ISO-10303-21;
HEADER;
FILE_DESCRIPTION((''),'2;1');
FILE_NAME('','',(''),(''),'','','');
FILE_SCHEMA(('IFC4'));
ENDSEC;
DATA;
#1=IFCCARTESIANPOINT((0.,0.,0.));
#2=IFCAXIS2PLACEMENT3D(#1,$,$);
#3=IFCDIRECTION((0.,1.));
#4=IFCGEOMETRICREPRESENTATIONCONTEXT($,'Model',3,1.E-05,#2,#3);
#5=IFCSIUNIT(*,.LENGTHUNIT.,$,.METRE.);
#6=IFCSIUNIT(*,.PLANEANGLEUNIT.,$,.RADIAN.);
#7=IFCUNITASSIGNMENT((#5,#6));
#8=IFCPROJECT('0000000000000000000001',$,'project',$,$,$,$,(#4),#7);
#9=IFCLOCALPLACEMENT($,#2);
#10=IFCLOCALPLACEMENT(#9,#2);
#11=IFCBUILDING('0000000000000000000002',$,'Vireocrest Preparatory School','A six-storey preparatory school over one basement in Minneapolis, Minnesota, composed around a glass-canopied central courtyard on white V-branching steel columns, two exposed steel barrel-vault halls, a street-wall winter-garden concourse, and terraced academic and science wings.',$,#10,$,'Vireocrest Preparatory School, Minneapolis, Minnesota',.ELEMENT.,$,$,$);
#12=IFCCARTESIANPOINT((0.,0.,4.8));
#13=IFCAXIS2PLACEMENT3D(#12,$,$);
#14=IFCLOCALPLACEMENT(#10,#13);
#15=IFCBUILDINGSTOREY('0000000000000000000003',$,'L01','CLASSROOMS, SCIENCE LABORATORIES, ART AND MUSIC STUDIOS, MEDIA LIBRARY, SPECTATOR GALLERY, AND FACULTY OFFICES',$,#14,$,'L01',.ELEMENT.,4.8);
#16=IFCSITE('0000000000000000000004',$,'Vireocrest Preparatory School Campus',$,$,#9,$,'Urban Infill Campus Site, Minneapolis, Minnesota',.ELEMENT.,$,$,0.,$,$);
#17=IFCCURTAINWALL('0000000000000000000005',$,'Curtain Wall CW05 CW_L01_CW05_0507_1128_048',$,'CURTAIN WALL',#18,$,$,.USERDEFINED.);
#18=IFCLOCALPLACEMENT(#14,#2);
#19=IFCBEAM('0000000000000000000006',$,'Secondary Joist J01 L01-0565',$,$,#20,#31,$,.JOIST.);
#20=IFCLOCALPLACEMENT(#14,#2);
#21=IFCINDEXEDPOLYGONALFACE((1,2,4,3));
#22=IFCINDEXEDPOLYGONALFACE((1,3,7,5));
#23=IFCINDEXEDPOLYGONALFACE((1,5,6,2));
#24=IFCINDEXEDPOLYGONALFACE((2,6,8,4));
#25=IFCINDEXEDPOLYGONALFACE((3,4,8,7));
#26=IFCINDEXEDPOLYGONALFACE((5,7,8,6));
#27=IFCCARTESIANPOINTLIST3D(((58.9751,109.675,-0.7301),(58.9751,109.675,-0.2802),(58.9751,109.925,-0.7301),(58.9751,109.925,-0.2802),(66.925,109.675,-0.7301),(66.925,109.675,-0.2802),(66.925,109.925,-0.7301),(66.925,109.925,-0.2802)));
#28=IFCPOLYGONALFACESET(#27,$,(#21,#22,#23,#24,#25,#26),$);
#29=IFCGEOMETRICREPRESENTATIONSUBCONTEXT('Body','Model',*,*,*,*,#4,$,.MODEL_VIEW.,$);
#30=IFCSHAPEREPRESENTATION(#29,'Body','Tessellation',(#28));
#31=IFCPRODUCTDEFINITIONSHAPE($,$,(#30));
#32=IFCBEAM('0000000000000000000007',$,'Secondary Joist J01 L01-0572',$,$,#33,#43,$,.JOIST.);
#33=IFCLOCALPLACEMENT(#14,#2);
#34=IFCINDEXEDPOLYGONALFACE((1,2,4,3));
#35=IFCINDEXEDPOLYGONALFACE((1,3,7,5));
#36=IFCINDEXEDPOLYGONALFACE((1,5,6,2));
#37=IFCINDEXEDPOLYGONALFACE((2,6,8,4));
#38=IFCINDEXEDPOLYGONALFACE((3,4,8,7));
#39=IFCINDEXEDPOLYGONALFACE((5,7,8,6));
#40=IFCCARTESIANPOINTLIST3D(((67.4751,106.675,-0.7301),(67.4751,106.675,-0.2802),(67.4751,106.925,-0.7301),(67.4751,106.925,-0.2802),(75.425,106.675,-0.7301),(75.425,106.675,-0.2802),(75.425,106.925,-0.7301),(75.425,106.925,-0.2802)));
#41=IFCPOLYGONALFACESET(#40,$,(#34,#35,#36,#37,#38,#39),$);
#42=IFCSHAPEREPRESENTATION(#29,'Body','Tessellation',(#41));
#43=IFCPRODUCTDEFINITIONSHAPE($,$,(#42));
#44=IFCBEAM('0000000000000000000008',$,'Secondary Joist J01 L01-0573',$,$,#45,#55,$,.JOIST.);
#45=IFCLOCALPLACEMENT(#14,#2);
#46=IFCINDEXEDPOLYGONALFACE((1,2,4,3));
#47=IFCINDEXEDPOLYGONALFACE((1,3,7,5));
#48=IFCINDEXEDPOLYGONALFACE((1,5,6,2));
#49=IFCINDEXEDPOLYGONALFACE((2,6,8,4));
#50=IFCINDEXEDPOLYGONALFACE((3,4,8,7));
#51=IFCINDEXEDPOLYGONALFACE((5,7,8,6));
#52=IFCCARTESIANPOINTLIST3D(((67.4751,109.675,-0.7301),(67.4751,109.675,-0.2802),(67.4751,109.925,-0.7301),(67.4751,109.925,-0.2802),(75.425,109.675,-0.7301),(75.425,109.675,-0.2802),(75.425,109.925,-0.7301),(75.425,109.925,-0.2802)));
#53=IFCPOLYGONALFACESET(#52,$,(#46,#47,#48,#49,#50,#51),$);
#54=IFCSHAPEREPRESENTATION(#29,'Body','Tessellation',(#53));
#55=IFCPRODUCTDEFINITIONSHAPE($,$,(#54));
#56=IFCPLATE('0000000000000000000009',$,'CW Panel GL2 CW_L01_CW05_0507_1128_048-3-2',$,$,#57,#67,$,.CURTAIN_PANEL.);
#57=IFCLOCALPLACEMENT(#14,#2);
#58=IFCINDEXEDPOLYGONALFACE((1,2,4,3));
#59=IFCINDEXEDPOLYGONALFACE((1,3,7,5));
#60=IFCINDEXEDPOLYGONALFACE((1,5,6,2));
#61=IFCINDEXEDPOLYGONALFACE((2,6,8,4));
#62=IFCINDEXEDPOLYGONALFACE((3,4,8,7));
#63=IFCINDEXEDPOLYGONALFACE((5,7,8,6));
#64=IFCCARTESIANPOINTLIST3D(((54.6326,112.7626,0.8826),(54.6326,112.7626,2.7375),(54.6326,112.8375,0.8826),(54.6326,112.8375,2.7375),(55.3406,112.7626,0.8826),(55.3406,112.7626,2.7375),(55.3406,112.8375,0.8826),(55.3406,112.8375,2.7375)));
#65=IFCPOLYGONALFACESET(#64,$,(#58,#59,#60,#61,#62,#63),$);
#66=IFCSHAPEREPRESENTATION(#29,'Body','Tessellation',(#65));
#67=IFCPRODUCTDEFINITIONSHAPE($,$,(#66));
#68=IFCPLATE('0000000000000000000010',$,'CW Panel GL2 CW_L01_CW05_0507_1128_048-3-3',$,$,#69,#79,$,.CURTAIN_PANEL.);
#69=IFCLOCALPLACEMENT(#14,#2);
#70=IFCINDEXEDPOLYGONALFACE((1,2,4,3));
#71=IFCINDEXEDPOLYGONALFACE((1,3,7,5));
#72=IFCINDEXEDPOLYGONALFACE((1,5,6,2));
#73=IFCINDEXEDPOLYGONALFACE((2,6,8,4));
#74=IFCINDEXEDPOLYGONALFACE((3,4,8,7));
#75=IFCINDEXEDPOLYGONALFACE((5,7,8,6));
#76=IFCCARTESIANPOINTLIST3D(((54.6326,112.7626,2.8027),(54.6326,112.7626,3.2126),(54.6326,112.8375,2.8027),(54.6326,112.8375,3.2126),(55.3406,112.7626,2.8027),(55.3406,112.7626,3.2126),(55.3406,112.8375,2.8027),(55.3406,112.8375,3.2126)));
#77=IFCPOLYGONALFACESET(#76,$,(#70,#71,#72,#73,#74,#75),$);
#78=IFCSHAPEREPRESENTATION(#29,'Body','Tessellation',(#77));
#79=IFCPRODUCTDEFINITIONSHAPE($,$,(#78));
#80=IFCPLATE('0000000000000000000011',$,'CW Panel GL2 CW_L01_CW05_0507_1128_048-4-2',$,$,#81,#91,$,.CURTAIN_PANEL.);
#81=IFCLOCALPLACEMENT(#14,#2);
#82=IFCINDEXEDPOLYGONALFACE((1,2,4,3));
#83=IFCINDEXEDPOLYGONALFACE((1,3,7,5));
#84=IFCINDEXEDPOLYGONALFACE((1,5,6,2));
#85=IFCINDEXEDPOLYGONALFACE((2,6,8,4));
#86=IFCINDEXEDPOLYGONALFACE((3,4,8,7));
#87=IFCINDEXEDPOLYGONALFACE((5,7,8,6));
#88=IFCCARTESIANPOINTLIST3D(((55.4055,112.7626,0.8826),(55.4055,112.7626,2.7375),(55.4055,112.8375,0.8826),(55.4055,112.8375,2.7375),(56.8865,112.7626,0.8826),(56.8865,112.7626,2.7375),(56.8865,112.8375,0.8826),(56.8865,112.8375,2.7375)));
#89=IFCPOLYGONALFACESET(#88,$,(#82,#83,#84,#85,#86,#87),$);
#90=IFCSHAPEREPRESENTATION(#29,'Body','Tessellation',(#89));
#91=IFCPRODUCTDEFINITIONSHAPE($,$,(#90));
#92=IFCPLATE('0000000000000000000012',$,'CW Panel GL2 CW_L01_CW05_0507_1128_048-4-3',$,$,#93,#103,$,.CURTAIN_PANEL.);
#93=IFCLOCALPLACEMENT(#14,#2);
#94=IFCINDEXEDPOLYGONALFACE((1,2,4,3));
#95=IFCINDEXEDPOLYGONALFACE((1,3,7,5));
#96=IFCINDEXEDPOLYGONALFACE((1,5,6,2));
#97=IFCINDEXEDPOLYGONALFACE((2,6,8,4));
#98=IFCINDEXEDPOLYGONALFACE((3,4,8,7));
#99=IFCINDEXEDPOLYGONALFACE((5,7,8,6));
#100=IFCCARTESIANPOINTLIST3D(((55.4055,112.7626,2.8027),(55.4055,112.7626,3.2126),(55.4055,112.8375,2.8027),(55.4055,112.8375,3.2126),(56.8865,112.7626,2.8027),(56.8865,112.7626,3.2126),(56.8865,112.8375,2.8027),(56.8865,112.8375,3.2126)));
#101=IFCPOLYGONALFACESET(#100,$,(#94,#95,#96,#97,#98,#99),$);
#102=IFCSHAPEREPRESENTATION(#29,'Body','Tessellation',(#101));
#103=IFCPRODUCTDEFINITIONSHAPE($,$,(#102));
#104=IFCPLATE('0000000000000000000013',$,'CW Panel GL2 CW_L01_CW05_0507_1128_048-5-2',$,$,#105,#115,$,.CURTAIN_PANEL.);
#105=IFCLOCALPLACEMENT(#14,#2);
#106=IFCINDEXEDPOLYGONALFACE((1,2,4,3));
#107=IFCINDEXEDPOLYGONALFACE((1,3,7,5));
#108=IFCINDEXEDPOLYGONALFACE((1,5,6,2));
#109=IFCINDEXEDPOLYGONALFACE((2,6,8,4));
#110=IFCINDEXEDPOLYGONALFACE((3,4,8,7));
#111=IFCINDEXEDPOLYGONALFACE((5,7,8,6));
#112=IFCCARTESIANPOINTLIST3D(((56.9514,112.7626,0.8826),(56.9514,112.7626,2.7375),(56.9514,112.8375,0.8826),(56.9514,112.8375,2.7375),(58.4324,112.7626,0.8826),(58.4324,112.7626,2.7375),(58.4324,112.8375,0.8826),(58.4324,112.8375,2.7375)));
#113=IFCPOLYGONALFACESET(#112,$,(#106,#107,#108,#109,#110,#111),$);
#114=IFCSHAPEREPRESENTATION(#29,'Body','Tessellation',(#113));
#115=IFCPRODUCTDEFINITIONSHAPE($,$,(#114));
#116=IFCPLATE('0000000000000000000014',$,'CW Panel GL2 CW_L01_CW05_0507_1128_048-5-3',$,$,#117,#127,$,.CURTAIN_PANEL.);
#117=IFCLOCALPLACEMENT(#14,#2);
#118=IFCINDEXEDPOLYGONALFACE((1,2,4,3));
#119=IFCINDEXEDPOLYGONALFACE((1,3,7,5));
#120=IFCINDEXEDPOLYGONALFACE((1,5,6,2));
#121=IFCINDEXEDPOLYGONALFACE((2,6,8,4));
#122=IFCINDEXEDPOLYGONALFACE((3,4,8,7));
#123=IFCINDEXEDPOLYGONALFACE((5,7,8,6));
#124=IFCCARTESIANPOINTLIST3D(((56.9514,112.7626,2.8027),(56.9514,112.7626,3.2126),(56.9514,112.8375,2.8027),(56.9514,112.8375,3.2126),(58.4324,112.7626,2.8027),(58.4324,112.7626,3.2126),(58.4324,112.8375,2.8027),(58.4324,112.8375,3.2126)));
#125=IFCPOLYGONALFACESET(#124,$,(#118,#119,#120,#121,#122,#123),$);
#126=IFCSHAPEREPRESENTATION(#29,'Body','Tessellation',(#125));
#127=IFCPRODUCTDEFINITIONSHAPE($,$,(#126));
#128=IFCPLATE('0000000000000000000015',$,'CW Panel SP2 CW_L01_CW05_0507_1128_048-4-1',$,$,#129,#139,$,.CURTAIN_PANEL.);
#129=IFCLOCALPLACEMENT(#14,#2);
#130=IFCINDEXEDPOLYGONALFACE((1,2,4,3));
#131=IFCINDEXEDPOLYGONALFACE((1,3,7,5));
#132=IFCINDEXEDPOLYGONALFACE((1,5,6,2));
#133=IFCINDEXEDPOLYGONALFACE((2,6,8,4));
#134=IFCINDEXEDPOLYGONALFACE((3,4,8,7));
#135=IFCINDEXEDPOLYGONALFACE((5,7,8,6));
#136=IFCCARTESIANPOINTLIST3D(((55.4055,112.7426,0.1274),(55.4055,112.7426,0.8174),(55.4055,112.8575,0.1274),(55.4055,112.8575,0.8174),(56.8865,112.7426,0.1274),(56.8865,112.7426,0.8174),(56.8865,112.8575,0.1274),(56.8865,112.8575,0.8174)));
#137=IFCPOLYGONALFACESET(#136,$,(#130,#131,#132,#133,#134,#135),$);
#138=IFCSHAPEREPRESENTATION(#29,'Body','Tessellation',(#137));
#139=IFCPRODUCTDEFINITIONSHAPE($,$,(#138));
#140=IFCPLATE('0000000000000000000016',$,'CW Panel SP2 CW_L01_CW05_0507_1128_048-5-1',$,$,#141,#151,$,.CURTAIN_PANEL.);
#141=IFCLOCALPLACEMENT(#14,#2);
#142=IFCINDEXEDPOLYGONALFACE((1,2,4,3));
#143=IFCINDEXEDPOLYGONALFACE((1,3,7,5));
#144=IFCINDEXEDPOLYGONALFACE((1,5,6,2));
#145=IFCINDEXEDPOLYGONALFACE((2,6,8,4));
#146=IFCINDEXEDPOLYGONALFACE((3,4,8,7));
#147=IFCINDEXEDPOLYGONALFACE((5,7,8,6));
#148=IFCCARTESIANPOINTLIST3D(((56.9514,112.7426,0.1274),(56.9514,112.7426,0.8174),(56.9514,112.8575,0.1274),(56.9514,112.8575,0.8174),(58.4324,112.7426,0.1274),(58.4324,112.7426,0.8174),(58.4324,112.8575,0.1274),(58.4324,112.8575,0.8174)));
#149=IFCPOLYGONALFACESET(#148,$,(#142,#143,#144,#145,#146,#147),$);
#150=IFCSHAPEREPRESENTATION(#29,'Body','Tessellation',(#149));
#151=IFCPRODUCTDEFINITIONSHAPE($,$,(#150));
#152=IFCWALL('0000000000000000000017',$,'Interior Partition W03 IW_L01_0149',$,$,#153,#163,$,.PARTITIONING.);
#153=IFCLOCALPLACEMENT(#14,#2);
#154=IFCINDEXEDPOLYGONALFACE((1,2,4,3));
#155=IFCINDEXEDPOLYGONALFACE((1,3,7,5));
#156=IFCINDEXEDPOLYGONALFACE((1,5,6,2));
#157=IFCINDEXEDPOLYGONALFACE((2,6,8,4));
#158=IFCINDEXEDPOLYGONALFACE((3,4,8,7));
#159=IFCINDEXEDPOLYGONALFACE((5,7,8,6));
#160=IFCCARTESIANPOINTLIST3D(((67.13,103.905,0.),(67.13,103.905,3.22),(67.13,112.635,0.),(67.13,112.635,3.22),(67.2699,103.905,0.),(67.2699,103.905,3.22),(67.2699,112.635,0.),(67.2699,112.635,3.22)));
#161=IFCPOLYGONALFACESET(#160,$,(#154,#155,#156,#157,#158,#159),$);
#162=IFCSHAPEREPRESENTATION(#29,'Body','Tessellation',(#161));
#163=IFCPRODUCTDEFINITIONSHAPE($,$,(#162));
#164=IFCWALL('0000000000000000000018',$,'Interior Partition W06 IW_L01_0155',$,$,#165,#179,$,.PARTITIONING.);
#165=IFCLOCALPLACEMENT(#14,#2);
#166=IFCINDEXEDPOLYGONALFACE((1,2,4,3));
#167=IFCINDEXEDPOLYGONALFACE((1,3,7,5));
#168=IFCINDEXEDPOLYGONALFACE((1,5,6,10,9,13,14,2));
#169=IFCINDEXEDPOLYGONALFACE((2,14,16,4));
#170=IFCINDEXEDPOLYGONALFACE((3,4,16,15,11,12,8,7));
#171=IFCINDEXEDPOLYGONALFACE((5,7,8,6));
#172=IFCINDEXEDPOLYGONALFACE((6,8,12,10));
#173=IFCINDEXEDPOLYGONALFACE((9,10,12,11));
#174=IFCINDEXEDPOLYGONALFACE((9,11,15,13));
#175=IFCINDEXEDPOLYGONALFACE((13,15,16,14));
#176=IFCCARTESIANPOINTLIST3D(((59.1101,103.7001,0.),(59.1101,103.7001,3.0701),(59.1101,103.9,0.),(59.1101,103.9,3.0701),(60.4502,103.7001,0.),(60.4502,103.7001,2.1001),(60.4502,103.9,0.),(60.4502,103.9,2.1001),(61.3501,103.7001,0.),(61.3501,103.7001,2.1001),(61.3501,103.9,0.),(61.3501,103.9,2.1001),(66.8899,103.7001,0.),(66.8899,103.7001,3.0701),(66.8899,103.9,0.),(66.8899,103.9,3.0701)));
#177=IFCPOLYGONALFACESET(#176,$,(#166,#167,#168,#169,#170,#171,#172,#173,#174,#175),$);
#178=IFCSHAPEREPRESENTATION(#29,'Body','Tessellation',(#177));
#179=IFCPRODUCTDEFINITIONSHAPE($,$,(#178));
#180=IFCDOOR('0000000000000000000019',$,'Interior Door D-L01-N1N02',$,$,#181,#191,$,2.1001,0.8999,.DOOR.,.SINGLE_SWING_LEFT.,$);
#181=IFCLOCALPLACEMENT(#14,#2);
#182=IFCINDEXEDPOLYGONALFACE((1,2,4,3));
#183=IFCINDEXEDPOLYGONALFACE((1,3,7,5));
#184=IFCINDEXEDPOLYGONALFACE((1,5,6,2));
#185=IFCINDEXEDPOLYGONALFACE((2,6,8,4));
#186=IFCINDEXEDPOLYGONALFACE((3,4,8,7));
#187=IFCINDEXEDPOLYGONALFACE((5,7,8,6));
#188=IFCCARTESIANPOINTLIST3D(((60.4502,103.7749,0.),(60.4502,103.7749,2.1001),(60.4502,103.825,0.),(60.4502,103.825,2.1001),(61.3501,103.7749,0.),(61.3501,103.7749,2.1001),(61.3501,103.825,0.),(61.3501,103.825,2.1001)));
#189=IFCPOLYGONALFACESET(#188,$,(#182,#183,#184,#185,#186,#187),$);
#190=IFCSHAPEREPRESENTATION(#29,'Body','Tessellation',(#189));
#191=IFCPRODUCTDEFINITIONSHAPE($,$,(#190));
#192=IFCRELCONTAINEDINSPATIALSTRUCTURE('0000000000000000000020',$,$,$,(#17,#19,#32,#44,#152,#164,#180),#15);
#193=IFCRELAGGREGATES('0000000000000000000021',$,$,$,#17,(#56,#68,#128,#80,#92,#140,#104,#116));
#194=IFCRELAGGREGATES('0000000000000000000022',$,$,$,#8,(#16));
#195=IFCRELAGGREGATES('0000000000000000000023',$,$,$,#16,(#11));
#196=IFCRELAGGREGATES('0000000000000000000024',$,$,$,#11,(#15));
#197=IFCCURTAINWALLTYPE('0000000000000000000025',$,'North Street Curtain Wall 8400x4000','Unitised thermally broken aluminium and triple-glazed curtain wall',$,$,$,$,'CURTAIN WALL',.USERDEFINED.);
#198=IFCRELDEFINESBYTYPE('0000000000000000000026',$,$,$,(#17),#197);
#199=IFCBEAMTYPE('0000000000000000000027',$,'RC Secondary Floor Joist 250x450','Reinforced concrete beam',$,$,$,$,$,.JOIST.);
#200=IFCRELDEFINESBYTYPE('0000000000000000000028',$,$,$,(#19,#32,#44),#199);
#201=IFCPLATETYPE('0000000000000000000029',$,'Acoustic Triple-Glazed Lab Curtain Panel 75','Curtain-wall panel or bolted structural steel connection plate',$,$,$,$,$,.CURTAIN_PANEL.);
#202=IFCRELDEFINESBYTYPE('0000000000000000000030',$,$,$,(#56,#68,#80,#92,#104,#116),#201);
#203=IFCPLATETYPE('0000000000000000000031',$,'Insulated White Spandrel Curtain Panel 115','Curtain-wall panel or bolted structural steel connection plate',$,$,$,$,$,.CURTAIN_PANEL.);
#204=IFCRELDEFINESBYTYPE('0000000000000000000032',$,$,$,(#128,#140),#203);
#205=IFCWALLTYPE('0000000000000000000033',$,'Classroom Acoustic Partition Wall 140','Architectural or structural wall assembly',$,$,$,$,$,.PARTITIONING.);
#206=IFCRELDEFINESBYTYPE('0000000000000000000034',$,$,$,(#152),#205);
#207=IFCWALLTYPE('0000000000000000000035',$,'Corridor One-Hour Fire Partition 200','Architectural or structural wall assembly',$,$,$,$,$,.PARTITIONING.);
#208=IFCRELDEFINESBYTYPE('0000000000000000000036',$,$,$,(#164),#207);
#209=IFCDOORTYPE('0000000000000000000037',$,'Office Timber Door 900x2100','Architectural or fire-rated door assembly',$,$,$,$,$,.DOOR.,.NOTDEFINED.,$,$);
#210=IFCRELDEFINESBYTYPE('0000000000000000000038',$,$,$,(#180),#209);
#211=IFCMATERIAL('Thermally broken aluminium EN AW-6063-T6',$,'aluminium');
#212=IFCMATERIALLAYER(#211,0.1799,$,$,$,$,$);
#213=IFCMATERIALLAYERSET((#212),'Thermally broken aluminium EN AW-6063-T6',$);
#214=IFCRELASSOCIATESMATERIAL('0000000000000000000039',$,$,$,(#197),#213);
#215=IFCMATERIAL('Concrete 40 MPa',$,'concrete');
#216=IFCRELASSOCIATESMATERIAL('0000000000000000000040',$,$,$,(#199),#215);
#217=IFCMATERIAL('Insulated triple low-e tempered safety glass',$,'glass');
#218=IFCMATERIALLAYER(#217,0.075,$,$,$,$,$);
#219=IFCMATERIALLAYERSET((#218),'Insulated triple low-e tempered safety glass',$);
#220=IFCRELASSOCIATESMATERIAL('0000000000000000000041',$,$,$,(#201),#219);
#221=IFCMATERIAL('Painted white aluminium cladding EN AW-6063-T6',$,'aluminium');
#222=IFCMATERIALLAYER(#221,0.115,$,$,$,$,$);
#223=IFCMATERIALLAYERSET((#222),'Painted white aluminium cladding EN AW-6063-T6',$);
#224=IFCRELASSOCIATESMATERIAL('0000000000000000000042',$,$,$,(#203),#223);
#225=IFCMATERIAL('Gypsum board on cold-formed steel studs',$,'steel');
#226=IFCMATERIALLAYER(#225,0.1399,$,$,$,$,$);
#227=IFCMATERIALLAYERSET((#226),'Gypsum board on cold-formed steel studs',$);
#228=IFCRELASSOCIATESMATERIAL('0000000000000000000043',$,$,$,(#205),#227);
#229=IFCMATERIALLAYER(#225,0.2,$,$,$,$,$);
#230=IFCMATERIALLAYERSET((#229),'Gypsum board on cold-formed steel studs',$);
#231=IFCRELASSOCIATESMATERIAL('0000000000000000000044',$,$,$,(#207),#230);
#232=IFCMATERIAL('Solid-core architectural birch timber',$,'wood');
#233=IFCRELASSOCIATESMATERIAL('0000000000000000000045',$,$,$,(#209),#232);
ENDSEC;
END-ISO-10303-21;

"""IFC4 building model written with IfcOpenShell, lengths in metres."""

from ifc_helpers import new_model, si_unit, direction, frame, frame_2d, origin, origin_2d, place, context, subcontext, project, spatial, rectangle, extrude, material, layer, layer_set, material_profile, profile_set, type_object, element, fill, aggregate, save


model = new_model("IFC4")

# Units and contexts
model_context = context("Model", 3, precision=1e-05, world=origin(), true_north=direction((0.0, 1.0)))
body_context = subcontext(model_context, "Body", "Model", "MODEL_VIEW")
ifc_project = project(units=[si_unit("LENGTHUNIT", "METRE"), si_unit("PLANEANGLEUNIT", "RADIAN")], contexts=[model_context])

# Site, building, storey
site_placement = place(None, origin())
site = spatial("IfcSite", under=ifc_project, at=site_placement, Name="Vireocrest Preparatory School Campus", LongName="Urban Infill Campus Site, Minneapolis, Minnesota", CompositionType="ELEMENT", RefElevation=0.0)
building_placement = place(site_placement, origin())
building = spatial("IfcBuilding", under=site, at=building_placement, Name="Vireocrest Preparatory School", Description="A six-storey preparatory school over one basement in Minneapolis, Minnesota, composed around a glass-canopied central courtyard on white V-branching steel columns, two exposed steel barrel-vault halls, a street-wall winter-garden concourse, and terraced academic and science wings.", LongName="Vireocrest Preparatory School, Minneapolis, Minnesota", CompositionType="ELEMENT")
storey_placement = place(building_placement, frame((0.0, 0.0, 4.8)))
storey = spatial("IfcBuildingStorey", under=building, at=storey_placement, Name="L01", Description="CLASSROOMS, SCIENCE LABORATORIES, ART AND MUSIC STUDIOS, MEDIA LIBRARY, SPECTATOR GALLERY, AND FACULTY OFFICES", LongName="L01", CompositionType="ELEMENT", Elevation=4.8)

# Curtain wall
ifc_material_1 = material(Name="Thermally broken aluminium EN AW-6063-T6", Category="aluminium")
ifc_layer_1 = layer(ifc_material_1, 0.1799)
ifc_layer_set_1 = layer_set([ifc_layer_1], Name="Thermally broken aluminium EN AW-6063-T6")
curtain_wall_type = type_object("IfcCurtainWallType", Name="North Street Curtain Wall 8400x4000", Description="Unitised thermally broken aluminium and triple-glazed curtain wall", ElementType="CURTAIN WALL", PredefinedType="USERDEFINED", material=ifc_layer_set_1)
curtain_wall_1_placement = place(storey_placement, origin())
curtain_wall_1 = element("IfcCurtainWall", 1, at=curtain_wall_1_placement, inside=storey, type_object=curtain_wall_type, Name="Curtain Wall CW05 CW_L01_CW05_0507_1128_048", ObjectType="CURTAIN WALL", PredefinedType="USERDEFINED")

# Beams
ifc_material_2 = material(Name="Concrete 40 MPa", Category="concrete")
ifc_material_profile_1 = material_profile(ifc_material_2, rectangle(XDim=0.25, YDim=0.45, at=origin_2d()), Name="RC 250x450")
ifc_profile_set_1 = profile_set([ifc_material_profile_1], Name="Concrete 40 MPa")
beam_type_1 = type_object("IfcBeamType", Name="RC Secondary Floor Joist 250x450", Description="Reinforced concrete beam", PredefinedType="JOIST", material=ifc_profile_set_1)
for number, where, z_axis, x_axis, name in (
    (2, (58.9751, 109.8, -0.5051), (1.0, 0.0, 0.0), (0.0, 1.0, 0.0), "Secondary Joist J01 L01-0565"),
    (3, (67.4751, 106.8, -0.5051), (1.0, 0.0, 0.0), (0.0, 1.0, 0.0), "Secondary Joist J01 L01-0572"),
    (4, (67.4751, 109.8, -0.5051), (1.0, 0.0, 0.0), (0.0, 1.0, 0.0), "Secondary Joist J01 L01-0573"),
):
    element("IfcBeam", number, at=place(storey_placement, frame(where, z_axis=z_axis, x_axis=x_axis)), inside=storey, type_object=beam_type_1, Name=name, PredefinedType="JOIST", context=body_context, shape_type="SweptSolid", body=[
        extrude(rectangle(XDim=0.25, YDim=0.45, at=origin_2d()), origin(), (0.0, 0.0, 1.0), 7.95),
    ])

# Plates
ifc_material_3 = material(Name="Insulated triple low-e tempered safety glass", Category="glass")
ifc_layer_2 = layer(ifc_material_3, 0.075)
ifc_layer_set_2 = layer_set([ifc_layer_2], Name="Insulated triple low-e tempered safety glass")
plate_type_1 = type_object("IfcPlateType", Name="Acoustic Triple-Glazed Lab Curtain Panel 75", Description="Curtain-wall panel or bolted structural steel connection plate", PredefinedType="CURTAIN_PANEL", material=ifc_layer_set_2)
plate_1_placement = place(storey_placement, frame((54.9866, 112.8, 0.8826), z_axis=(0.0, 0.0, 1.0), x_axis=(1.0, 0.0, 0.0)))
plate_1 = element("IfcPlate", 5, at=plate_1_placement, type_object=plate_type_1, Name="CW Panel GL2 CW_L01_CW05_0507_1128_048-3-2", PredefinedType="CURTAIN_PANEL", context=body_context, shape_type="SweptSolid", body=[
    extrude(rectangle(XDim=0.708, YDim=0.075, at=origin_2d()), origin(), (0.0, 0.0, 1.0), 1.855),
])
plate_2_placement = place(storey_placement, frame((54.9866, 112.8, 2.8027), z_axis=(0.0, 0.0, 1.0), x_axis=(1.0, 0.0, 0.0)))
plate_2 = element("IfcPlate", 6, at=plate_2_placement, type_object=plate_type_1, Name="CW Panel GL2 CW_L01_CW05_0507_1128_048-3-3", PredefinedType="CURTAIN_PANEL", context=body_context, shape_type="SweptSolid", body=[
    extrude(rectangle(XDim=0.708, YDim=0.075, at=origin_2d()), origin(), (0.0, 0.0, 1.0), 0.4099),
])
plate_3_placement = place(storey_placement, frame((56.146, 112.8, 0.8826), z_axis=(0.0, 0.0, 1.0), x_axis=(1.0, 0.0, 0.0)))
plate_3 = element("IfcPlate", 7, at=plate_3_placement, type_object=plate_type_1, Name="CW Panel GL2 CW_L01_CW05_0507_1128_048-4-2", PredefinedType="CURTAIN_PANEL", context=body_context, shape_type="SweptSolid", body=[
    extrude(rectangle(XDim=1.481, YDim=0.075, at=origin_2d()), origin(), (0.0, 0.0, 1.0), 1.855),
])
plate_4_placement = place(storey_placement, frame((56.146, 112.8, 2.8027), z_axis=(0.0, 0.0, 1.0), x_axis=(1.0, 0.0, 0.0)))
plate_4 = element("IfcPlate", 8, at=plate_4_placement, type_object=plate_type_1, Name="CW Panel GL2 CW_L01_CW05_0507_1128_048-4-3", PredefinedType="CURTAIN_PANEL", context=body_context, shape_type="SweptSolid", body=[
    extrude(rectangle(XDim=1.481, YDim=0.075, at=origin_2d()), origin(), (0.0, 0.0, 1.0), 0.4099),
])
plate_5_placement = place(storey_placement, frame((57.6919, 112.8, 0.8826), z_axis=(0.0, 0.0, 1.0), x_axis=(1.0, 0.0, 0.0)))
plate_5 = element("IfcPlate", 9, at=plate_5_placement, type_object=plate_type_1, Name="CW Panel GL2 CW_L01_CW05_0507_1128_048-5-2", PredefinedType="CURTAIN_PANEL", context=body_context, shape_type="SweptSolid", body=[
    extrude(rectangle(XDim=1.481, YDim=0.075, at=origin_2d()), origin(), (0.0, 0.0, 1.0), 1.855),
])
plate_6_placement = place(storey_placement, frame((57.6919, 112.8, 2.8027), z_axis=(0.0, 0.0, 1.0), x_axis=(1.0, 0.0, 0.0)))
plate_6 = element("IfcPlate", 10, at=plate_6_placement, type_object=plate_type_1, Name="CW Panel GL2 CW_L01_CW05_0507_1128_048-5-3", PredefinedType="CURTAIN_PANEL", context=body_context, shape_type="SweptSolid", body=[
    extrude(rectangle(XDim=1.481, YDim=0.075, at=origin_2d()), origin(), (0.0, 0.0, 1.0), 0.4099),
])
ifc_material_4 = material(Name="Painted white aluminium cladding EN AW-6063-T6", Category="aluminium")
ifc_layer_3 = layer(ifc_material_4, 0.115)
ifc_layer_set_3 = layer_set([ifc_layer_3], Name="Painted white aluminium cladding EN AW-6063-T6")
plate_type_2 = type_object("IfcPlateType", Name="Insulated White Spandrel Curtain Panel 115", Description="Curtain-wall panel or bolted structural steel connection plate", PredefinedType="CURTAIN_PANEL", material=ifc_layer_set_3)
plate_7_placement = place(storey_placement, frame((56.146, 112.8, 0.1274), z_axis=(0.0, 0.0, 1.0), x_axis=(1.0, 0.0, 0.0)))
plate_7 = element("IfcPlate", 11, at=plate_7_placement, type_object=plate_type_2, Name="CW Panel SP2 CW_L01_CW05_0507_1128_048-4-1", PredefinedType="CURTAIN_PANEL", context=body_context, shape_type="SweptSolid", body=[
    extrude(rectangle(XDim=1.481, YDim=0.115, at=origin_2d()), origin(), (0.0, 0.0, 1.0), 0.6899),
])
plate_8_placement = place(storey_placement, frame((57.6919, 112.8, 0.1274), z_axis=(0.0, 0.0, 1.0), x_axis=(1.0, 0.0, 0.0)))
plate_8 = element("IfcPlate", 12, at=plate_8_placement, type_object=plate_type_2, Name="CW Panel SP2 CW_L01_CW05_0507_1128_048-5-1", PredefinedType="CURTAIN_PANEL", context=body_context, shape_type="SweptSolid", body=[
    extrude(rectangle(XDim=1.481, YDim=0.115, at=origin_2d()), origin(), (0.0, 0.0, 1.0), 0.6899),
])
aggregate(curtain_wall_1, [plate_1, plate_2, plate_7, plate_3, plate_4, plate_8, plate_5, plate_6])

# Wall
ifc_material_5 = material(Name="Gypsum board on cold-formed steel studs", Category="steel")
ifc_layer_4 = layer(ifc_material_5, 0.1399)
ifc_layer_set_4 = layer_set([ifc_layer_4], Name="Gypsum board on cold-formed steel studs")
wall_type_1 = type_object("IfcWallType", Name="Classroom Acoustic Partition Wall 140", Description="Architectural or structural wall assembly", PredefinedType="PARTITIONING", material=ifc_layer_set_4)
wall_1_placement = place(storey_placement, frame((67.2, 103.905, 0.0), z_axis=(0.0, 0.0, 1.0), x_axis=(0.0, 1.0, 0.0)))
element("IfcWall", 13, at=wall_1_placement, inside=storey, type_object=wall_type_1, Name="Interior Partition W03 IW_L01_0149", PredefinedType="PARTITIONING", context=body_context, shape_type="SweptSolid", body=[
    extrude(rectangle(XDim=8.73, YDim=0.1399, at=frame_2d((4.365, 0.0))), origin(), (0.0, 0.0, 1.0), 3.22),
])

# Wall, opening, door
ifc_layer_5 = layer(ifc_material_5, 0.2)
ifc_layer_set_5 = layer_set([ifc_layer_5], Name="Gypsum board on cold-formed steel studs")
wall_type_2 = type_object("IfcWallType", Name="Corridor One-Hour Fire Partition 200", Description="Architectural or structural wall assembly", PredefinedType="PARTITIONING", material=ifc_layer_set_5)
wall_2_placement = place(storey_placement, frame((59.1101, 103.8, 0.0), z_axis=(0.0, 0.0, 1.0), x_axis=(1.0, 0.0, 0.0)))
wall_2 = element("IfcWall", 14, at=wall_2_placement, inside=storey, type_object=wall_type_2, Name="Interior Partition W06 IW_L01_0155", PredefinedType="PARTITIONING", context=body_context, shape_type="SweptSolid", body=[
    extrude(rectangle(XDim=7.7798, YDim=0.2, at=frame_2d((3.8899, 0.0))), origin(), (0.0, 0.0, 1.0), 3.0701),
])
opening_1_placement = place(wall_2_placement, frame((1.3401, 0.0, 0.0)))
opening_1 = element("IfcOpeningElement", 15, at=opening_1_placement, cuts=wall_2, PredefinedType="OPENING", context=body_context, shape_type="SweptSolid", body=[
    extrude(rectangle(XDim=0.8999, YDim=2.1001, at=frame_2d((0.45, 1.05))), frame((0.0, 0.1099, 0.0), z_axis=(0.0, -1.0, 0.0), x_axis=(1.0, 0.0, 0.0)), (0.0, 0.0, 1.0), 0.22),
])
ifc_material_6 = material(Name="Solid-core architectural birch timber", Category="wood")
door_type = type_object("IfcDoorType", Name="Office Timber Door 900x2100", Description="Architectural or fire-rated door assembly", OperationType="NOTDEFINED", PredefinedType="DOOR", material=ifc_material_6)
door_1_placement = place(opening_1_placement, origin())
door_1 = element("IfcDoor", 16, at=door_1_placement, inside=storey, type_object=door_type, Name="Interior Door D-L01-N1N02", OperationType="SINGLE_SWING_LEFT", OverallHeight=2.1001, OverallWidth=0.8999, PredefinedType="DOOR", context=body_context, shape_type="SweptSolid", body=[
    extrude(rectangle(XDim=0.8999, YDim=2.1001, at=frame_2d((0.45, 1.05))), frame((0.0, 0.0249, 0.0), z_axis=(0.0, -1.0, 0.0), x_axis=(1.0, 0.0, 0.0)), (0.0, 0.0, 1.0), 0.05),
])
fill(opening_1, door_1)

save(model, "model.ifc")
